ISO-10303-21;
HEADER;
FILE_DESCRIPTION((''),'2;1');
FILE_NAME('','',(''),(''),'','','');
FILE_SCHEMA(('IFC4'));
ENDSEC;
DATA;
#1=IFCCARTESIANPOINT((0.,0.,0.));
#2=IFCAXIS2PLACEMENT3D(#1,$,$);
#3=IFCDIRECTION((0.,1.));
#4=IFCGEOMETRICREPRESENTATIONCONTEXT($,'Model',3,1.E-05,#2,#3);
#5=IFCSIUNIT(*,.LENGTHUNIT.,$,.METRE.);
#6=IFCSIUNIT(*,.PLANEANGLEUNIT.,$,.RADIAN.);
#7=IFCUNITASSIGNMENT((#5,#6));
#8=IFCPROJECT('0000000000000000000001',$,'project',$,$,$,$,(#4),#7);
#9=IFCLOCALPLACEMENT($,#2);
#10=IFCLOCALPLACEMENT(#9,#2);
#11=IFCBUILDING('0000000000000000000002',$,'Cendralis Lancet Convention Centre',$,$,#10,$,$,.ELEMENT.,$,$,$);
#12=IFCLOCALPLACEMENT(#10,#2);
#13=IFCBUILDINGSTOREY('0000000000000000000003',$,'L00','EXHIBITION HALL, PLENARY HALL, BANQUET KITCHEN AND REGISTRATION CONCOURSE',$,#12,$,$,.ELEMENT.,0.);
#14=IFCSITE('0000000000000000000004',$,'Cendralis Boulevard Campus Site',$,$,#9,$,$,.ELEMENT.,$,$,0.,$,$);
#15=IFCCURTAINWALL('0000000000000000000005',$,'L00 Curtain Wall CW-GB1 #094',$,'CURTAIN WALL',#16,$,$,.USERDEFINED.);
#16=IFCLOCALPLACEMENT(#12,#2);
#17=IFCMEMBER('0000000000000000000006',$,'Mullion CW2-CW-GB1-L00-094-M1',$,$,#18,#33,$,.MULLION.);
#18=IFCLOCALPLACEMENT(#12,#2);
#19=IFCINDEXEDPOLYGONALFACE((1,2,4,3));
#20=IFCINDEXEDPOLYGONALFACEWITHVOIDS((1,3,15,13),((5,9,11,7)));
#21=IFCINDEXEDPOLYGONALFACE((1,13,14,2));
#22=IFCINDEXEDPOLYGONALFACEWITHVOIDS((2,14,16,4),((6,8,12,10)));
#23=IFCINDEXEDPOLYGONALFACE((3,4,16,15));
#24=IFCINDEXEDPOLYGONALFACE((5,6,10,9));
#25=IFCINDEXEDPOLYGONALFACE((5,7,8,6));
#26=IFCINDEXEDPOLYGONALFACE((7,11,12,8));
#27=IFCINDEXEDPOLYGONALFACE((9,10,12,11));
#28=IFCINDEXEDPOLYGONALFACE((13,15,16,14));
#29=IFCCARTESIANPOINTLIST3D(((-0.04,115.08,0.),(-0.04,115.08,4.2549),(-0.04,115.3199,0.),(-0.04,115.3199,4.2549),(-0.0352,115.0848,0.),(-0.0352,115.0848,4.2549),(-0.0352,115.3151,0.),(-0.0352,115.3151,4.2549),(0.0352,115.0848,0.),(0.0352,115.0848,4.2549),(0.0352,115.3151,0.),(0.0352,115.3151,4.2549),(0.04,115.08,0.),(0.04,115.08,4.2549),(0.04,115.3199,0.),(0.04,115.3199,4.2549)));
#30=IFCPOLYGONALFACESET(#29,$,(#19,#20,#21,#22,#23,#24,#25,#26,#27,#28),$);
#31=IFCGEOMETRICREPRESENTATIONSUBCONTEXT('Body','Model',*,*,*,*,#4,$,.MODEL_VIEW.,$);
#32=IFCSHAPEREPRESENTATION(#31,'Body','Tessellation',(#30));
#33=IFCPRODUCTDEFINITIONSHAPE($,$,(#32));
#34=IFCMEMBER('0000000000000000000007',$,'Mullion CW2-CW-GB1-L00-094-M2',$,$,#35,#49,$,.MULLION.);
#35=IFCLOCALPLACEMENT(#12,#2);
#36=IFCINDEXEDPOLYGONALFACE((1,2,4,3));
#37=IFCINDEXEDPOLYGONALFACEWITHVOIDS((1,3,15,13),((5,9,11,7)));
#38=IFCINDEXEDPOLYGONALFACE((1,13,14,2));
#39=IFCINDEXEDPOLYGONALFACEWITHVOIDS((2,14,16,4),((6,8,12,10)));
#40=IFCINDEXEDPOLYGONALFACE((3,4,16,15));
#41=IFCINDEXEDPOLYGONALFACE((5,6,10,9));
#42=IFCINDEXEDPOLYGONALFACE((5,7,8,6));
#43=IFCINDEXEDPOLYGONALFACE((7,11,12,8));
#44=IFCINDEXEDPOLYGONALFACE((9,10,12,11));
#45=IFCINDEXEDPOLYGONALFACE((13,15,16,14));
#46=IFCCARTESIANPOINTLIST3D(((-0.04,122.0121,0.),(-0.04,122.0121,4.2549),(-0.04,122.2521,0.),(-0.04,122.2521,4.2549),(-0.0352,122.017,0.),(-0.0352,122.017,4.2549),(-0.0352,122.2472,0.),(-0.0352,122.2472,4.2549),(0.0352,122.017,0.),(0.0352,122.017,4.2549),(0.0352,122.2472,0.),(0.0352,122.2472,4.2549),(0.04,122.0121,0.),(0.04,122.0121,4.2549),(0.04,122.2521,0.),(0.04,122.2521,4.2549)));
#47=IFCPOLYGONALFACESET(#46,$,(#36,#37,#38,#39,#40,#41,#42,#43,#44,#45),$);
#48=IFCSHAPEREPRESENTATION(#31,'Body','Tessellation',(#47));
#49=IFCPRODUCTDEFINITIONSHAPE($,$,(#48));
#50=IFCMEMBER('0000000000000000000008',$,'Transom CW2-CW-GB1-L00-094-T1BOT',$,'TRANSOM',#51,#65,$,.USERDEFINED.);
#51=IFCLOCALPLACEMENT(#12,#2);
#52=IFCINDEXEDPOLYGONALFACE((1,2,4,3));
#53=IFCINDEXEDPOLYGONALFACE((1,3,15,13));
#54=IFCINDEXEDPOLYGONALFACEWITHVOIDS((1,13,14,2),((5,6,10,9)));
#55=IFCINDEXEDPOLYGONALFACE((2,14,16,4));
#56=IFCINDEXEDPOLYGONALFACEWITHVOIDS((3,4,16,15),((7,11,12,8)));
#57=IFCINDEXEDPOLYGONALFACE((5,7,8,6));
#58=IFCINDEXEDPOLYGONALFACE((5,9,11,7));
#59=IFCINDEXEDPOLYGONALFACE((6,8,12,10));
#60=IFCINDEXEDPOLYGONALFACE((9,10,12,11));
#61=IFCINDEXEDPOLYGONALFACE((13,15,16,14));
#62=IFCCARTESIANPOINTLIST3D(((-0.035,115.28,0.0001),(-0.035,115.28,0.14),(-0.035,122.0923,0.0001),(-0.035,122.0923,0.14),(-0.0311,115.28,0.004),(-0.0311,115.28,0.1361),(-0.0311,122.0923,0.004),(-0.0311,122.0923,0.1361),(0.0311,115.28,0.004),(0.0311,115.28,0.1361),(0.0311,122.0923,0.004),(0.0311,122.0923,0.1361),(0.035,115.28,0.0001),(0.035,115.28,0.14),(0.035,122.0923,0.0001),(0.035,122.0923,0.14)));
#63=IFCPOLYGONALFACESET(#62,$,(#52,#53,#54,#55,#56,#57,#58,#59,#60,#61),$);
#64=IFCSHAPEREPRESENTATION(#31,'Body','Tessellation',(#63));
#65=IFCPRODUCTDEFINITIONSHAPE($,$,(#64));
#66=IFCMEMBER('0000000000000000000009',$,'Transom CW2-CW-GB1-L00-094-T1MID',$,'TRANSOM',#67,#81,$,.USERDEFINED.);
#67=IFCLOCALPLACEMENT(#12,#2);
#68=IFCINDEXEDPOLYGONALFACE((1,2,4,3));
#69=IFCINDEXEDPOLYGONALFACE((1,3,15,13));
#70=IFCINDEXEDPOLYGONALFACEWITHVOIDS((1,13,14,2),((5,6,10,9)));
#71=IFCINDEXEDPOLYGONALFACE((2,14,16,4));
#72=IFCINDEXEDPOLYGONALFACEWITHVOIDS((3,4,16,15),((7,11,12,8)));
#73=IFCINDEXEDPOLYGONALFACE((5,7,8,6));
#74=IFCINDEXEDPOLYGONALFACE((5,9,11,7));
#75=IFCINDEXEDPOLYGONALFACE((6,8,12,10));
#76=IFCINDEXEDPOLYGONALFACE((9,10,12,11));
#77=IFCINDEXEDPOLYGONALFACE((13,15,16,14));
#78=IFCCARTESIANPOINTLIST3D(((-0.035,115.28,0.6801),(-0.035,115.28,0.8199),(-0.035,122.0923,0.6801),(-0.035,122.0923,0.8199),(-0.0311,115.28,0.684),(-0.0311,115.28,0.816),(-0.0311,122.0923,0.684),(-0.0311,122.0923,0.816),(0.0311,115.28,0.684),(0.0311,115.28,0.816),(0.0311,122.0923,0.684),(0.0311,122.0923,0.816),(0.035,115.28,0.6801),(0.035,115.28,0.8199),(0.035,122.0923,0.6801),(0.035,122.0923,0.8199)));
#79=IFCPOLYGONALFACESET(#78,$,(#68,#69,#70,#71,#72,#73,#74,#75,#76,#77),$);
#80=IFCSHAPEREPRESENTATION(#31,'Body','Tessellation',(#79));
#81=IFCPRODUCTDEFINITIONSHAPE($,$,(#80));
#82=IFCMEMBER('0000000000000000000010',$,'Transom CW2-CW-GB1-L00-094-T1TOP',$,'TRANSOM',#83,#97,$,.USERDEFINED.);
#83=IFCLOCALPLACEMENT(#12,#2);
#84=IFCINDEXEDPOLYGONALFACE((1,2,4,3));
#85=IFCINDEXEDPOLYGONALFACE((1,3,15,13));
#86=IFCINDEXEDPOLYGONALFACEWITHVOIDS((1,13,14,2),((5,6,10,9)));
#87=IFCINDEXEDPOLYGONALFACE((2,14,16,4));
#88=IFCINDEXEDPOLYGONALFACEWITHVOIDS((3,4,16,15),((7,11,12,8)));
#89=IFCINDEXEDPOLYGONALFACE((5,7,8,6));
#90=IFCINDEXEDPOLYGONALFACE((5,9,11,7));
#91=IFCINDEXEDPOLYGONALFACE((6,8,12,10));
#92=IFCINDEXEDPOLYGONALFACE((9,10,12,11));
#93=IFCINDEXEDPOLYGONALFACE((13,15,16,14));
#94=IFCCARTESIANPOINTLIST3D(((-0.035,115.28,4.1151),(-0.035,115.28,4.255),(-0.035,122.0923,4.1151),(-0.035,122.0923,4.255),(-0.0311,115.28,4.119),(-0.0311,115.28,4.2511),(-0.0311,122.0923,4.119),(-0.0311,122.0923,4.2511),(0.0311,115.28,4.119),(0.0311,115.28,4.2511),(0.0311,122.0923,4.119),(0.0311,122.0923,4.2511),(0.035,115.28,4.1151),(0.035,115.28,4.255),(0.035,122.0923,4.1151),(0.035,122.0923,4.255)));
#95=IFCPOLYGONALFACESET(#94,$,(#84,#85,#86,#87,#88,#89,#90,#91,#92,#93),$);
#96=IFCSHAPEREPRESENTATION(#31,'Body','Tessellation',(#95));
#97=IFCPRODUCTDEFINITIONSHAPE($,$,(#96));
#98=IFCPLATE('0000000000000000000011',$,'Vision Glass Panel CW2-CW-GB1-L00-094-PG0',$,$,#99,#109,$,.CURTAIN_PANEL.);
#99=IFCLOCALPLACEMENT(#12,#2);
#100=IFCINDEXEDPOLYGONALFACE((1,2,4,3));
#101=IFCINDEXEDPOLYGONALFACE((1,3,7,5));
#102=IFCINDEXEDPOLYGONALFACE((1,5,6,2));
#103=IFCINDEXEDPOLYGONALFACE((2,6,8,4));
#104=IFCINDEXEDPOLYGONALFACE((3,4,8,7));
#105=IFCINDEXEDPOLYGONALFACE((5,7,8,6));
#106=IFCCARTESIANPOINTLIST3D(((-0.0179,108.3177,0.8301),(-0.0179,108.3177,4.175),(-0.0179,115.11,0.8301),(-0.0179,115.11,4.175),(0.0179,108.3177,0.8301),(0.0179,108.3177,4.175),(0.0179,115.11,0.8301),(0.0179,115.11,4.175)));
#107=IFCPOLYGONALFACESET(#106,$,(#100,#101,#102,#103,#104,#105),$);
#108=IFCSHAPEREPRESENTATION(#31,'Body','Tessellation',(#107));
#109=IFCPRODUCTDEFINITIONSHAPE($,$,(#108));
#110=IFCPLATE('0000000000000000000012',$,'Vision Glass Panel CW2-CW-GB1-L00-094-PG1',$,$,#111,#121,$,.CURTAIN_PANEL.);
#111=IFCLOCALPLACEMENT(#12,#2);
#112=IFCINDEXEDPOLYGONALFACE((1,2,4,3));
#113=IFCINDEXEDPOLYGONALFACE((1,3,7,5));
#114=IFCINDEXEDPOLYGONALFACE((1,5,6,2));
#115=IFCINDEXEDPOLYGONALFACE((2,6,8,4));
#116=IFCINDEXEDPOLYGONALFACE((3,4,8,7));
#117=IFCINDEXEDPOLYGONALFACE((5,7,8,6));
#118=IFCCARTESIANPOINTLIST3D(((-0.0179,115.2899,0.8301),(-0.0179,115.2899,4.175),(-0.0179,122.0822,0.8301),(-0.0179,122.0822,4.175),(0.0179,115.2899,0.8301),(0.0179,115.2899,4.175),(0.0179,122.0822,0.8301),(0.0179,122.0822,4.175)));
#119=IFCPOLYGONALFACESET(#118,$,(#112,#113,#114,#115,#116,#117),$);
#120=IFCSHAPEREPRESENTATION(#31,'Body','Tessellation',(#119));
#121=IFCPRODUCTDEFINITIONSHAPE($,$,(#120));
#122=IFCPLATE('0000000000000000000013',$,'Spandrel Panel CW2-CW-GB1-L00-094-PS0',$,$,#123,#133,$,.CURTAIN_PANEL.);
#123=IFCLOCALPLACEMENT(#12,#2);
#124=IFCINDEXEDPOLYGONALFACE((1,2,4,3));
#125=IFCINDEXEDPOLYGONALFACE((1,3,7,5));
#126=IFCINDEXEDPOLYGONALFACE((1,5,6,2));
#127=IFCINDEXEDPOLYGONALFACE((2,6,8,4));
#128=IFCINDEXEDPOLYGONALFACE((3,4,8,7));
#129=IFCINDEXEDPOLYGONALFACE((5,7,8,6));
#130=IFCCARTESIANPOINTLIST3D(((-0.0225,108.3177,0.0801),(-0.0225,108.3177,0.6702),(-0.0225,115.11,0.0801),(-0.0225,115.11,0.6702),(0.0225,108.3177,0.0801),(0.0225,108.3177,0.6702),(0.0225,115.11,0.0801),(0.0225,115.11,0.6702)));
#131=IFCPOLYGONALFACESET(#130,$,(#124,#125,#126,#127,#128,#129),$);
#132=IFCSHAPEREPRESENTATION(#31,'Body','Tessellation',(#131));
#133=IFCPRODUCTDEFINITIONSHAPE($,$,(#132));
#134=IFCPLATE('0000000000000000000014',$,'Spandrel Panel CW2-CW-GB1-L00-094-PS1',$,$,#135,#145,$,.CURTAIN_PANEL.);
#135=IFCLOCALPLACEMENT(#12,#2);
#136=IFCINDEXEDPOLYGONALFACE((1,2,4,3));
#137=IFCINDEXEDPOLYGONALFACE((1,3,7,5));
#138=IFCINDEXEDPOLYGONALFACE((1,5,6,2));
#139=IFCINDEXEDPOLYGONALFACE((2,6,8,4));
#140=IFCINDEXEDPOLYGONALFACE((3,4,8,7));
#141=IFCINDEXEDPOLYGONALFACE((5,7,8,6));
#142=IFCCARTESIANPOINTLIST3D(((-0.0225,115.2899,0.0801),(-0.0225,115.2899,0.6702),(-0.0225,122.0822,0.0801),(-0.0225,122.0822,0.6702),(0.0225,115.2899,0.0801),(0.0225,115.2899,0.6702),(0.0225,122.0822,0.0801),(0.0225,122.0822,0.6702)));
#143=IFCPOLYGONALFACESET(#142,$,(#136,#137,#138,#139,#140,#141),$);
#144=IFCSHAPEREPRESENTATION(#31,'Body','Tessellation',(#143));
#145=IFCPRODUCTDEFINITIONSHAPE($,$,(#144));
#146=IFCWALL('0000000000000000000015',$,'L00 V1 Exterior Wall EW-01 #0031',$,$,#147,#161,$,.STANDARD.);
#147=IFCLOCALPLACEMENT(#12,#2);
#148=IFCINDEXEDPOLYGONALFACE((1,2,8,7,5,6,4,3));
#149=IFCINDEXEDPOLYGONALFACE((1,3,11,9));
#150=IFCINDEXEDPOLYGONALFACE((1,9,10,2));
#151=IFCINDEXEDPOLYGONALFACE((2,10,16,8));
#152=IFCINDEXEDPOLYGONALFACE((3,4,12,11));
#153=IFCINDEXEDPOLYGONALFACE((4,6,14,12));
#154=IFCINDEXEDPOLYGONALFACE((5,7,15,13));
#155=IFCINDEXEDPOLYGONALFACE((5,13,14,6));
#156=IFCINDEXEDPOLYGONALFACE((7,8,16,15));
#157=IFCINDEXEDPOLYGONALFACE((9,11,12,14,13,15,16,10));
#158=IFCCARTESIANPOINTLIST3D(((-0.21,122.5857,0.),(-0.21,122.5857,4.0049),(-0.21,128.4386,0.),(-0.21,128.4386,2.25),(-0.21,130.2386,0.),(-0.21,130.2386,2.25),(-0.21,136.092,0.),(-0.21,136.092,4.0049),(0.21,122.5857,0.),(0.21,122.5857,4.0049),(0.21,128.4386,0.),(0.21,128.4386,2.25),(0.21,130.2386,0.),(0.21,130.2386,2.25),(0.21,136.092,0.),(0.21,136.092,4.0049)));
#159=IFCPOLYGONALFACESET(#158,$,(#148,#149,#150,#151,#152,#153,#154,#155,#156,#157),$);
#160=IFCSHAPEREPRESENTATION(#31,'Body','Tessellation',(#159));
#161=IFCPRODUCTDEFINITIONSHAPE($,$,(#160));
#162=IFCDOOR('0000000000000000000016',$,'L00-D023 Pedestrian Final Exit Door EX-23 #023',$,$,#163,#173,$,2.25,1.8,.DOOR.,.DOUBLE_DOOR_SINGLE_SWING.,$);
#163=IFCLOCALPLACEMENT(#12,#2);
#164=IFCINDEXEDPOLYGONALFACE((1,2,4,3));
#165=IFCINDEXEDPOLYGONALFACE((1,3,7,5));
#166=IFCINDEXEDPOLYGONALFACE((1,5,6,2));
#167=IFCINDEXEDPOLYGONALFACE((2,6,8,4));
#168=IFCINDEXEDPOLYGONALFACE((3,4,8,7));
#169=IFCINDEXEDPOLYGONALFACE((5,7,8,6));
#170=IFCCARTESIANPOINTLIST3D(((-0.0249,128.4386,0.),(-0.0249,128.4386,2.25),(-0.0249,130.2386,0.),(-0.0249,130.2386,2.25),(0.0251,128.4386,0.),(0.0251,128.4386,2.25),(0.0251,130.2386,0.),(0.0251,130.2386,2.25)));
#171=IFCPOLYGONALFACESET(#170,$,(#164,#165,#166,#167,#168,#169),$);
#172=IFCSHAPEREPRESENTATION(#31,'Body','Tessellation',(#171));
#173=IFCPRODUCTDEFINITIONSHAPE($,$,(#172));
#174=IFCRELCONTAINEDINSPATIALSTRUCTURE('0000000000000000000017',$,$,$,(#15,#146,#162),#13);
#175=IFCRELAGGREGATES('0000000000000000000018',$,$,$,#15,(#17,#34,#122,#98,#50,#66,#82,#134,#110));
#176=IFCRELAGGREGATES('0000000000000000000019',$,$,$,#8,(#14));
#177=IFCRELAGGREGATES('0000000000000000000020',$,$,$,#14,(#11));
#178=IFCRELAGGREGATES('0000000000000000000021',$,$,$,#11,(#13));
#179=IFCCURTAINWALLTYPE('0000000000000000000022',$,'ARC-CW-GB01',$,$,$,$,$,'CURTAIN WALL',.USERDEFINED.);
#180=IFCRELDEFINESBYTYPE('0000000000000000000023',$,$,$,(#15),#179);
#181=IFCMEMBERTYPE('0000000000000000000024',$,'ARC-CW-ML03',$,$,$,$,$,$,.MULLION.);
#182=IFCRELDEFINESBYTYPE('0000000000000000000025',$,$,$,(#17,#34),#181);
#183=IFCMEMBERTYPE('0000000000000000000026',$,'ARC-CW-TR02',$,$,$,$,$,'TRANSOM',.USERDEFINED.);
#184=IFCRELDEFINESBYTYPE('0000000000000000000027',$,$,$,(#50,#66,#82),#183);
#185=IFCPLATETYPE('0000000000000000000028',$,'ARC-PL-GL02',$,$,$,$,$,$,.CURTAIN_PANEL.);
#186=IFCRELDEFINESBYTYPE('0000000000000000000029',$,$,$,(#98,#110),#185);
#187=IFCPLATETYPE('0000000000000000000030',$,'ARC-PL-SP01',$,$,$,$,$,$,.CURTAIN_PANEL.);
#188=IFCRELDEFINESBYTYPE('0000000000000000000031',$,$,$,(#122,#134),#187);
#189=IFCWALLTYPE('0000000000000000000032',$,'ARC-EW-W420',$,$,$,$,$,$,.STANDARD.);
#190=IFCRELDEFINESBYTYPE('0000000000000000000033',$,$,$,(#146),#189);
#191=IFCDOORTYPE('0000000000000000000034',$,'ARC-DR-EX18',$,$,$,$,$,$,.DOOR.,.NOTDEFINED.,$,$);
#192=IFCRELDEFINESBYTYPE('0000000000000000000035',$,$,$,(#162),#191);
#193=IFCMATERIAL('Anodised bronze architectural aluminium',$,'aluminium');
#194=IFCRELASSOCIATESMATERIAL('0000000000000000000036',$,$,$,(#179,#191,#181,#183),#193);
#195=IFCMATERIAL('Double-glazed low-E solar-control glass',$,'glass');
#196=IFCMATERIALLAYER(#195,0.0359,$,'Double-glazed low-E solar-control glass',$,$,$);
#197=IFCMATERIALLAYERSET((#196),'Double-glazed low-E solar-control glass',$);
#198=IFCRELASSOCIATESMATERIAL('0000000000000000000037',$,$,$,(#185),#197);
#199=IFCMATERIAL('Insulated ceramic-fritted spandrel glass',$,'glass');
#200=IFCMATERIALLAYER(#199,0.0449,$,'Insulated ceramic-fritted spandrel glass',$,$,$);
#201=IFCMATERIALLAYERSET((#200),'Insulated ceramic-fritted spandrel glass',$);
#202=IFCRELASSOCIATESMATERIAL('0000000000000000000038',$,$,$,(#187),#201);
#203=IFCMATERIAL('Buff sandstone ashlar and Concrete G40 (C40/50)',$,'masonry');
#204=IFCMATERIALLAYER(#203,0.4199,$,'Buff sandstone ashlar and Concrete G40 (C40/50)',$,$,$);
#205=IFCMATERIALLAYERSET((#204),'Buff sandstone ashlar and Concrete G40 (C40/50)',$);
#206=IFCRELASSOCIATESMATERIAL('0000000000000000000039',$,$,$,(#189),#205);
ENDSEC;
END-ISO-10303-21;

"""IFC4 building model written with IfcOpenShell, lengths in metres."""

from ifc_helpers import new_model, si_unit, direction, frame, frame_2d, origin, origin_2d, place, context, subcontext, project, spatial, rectangle, hollow_rectangle, extrude, material, layer, layer_set, material_profile, profile_set, type_object, element, fill, aggregate, save


model = new_model("IFC4")

# Units and contexts
model_context = context("Model", 3, precision=1e-05, world=origin(), true_north=direction((0.0, 1.0)))
body_context = subcontext(model_context, "Body", "Model", "MODEL_VIEW")
ifc_project = project(units=[si_unit("LENGTHUNIT", "METRE"), si_unit("PLANEANGLEUNIT", "RADIAN")], contexts=[model_context])

# Site, building, storey
site_placement = place(None, origin())
site = spatial("IfcSite", under=ifc_project, at=site_placement, Name="Cendralis Boulevard Campus Site", CompositionType="ELEMENT", RefElevation=0.0)
building_placement = place(site_placement, origin())
building = spatial("IfcBuilding", under=site, at=building_placement, Name="Cendralis Lancet Convention Centre", CompositionType="ELEMENT")
storey_placement = place(building_placement, origin())
storey = spatial("IfcBuildingStorey", under=building, at=storey_placement, Name="L00", Description="EXHIBITION HALL, PLENARY HALL, BANQUET KITCHEN AND REGISTRATION CONCOURSE", CompositionType="ELEMENT", Elevation=0.0)

# Curtain wall, members, plates
ifc_material_1 = material(Name="Anodised bronze architectural aluminium", Category="aluminium")
curtain_wall_type = type_object("IfcCurtainWallType", Name="ARC-CW-GB01", ElementType="CURTAIN WALL", PredefinedType="USERDEFINED", material=ifc_material_1)
curtain_wall_placement = place(storey_placement, origin())
curtain_wall = element("IfcCurtainWall", 1, at=curtain_wall_placement, inside=storey, type_object=curtain_wall_type, Name="L00 Curtain Wall CW-GB1 #094", ObjectType="CURTAIN WALL", PredefinedType="USERDEFINED")
ifc_material_profile_1 = material_profile(ifc_material_1, hollow_rectangle(XDim=0.0801, YDim=0.24, WallThickness=0.0049, at=origin_2d()), Name="AL-MULL 80x240x5.0")
ifc_profile_set_1 = profile_set([ifc_material_profile_1], Name="Anodised bronze architectural aluminium")
member_type_1 = type_object("IfcMemberType", Name="ARC-CW-ML03", PredefinedType="MULLION", material=ifc_profile_set_1)
member_1_placement = place(storey_placement, frame((0.0, 115.2, 0.0), z_axis=(0.0, 0.0, 1.0), x_axis=(1.0, 0.0, 0.0)))
member_1 = element("IfcMember", 2, at=member_1_placement, type_object=member_type_1, Name="Mullion CW2-CW-GB1-L00-094-M1", PredefinedType="MULLION", context=body_context, shape_type="SweptSolid", body=[
    extrude(hollow_rectangle(XDim=0.0801, YDim=0.24, WallThickness=0.0049, at=origin_2d()), origin(), (0.0, 0.0, 1.0), 4.2549),
])
member_2_placement = place(storey_placement, frame((0.0, 122.1321, 0.0), z_axis=(0.0, 0.0, 1.0), x_axis=(1.0, 0.0, 0.0)))
member_2 = element("IfcMember", 3, at=member_2_placement, type_object=member_type_1, Name="Mullion CW2-CW-GB1-L00-094-M2", PredefinedType="MULLION", context=body_context, shape_type="SweptSolid", body=[
    extrude(hollow_rectangle(XDim=0.0801, YDim=0.24, WallThickness=0.0049, at=origin_2d()), origin(), (0.0, 0.0, 1.0), 4.2549),
])
ifc_material_profile_2 = material_profile(ifc_material_1, hollow_rectangle(XDim=0.0701, YDim=0.1399, WallThickness=0.0039, at=origin_2d()), Name="AL-TRAN 70x140x4.0")
ifc_profile_set_2 = profile_set([ifc_material_profile_2], Name="Anodised bronze architectural aluminium")
member_type_2 = type_object("IfcMemberType", Name="ARC-CW-TR02", ElementType="TRANSOM", PredefinedType="USERDEFINED", material=ifc_profile_set_2)
member_3_placement = place(storey_placement, frame((0.0, 115.28, 0.0701), z_axis=(0.0, 1.0, 0.0), x_axis=(-1.0, 0.0, 0.0)))
member_3 = element("IfcMember", 4, at=member_3_placement, type_object=member_type_2, Name="Transom CW2-CW-GB1-L00-094-T1BOT", ObjectType="TRANSOM", PredefinedType="USERDEFINED", context=body_context, shape_type="SweptSolid", body=[
    extrude(hollow_rectangle(XDim=0.0701, YDim=0.1399, WallThickness=0.0039, at=origin_2d()), origin(), (0.0, 0.0, 1.0), 6.8123),
])
member_4_placement = place(storey_placement, frame((0.0, 115.28, 0.75), z_axis=(0.0, 1.0, 0.0), x_axis=(-1.0, 0.0, 0.0)))
member_4 = element("IfcMember", 5, at=member_4_placement, type_object=member_type_2, Name="Transom CW2-CW-GB1-L00-094-T1MID", ObjectType="TRANSOM", PredefinedType="USERDEFINED", context=body_context, shape_type="SweptSolid", body=[
    extrude(hollow_rectangle(XDim=0.0701, YDim=0.1399, WallThickness=0.0039, at=origin_2d()), origin(), (0.0, 0.0, 1.0), 6.8123),
])
member_5_placement = place(storey_placement, frame((0.0, 115.28, 4.1851), z_axis=(0.0, 1.0, 0.0), x_axis=(-1.0, 0.0, 0.0)))
member_5 = element("IfcMember", 6, at=member_5_placement, type_object=member_type_2, Name="Transom CW2-CW-GB1-L00-094-T1TOP", ObjectType="TRANSOM", PredefinedType="USERDEFINED", context=body_context, shape_type="SweptSolid", body=[
    extrude(hollow_rectangle(XDim=0.0701, YDim=0.1399, WallThickness=0.0039, at=origin_2d()), origin(), (0.0, 0.0, 1.0), 6.8123),
])
ifc_material_2 = material(Name="Double-glazed low-E solar-control glass", Category="glass")
ifc_layer_1 = layer(ifc_material_2, 0.0359, Name="Double-glazed low-E solar-control glass")
ifc_layer_set_1 = layer_set([ifc_layer_1], Name="Double-glazed low-E solar-control glass")
plate_type_1 = type_object("IfcPlateType", Name="ARC-PL-GL02", PredefinedType="CURTAIN_PANEL", material=ifc_layer_set_1)
plate_1_placement = place(storey_placement, frame((0.0, 111.7139, 0.8301), z_axis=(0.0, 0.0, 1.0), x_axis=(0.0, 1.0, 0.0)))
plate_1 = element("IfcPlate", 7, at=plate_1_placement, type_object=plate_type_1, Name="Vision Glass Panel CW2-CW-GB1-L00-094-PG0", PredefinedType="CURTAIN_PANEL", context=body_context, shape_type="SweptSolid", body=[
    extrude(rectangle(XDim=6.7922, YDim=0.0359, at=origin_2d()), origin(), (0.0, 0.0, 1.0), 3.345),
])
plate_2_placement = place(storey_placement, frame((0.0, 118.686, 0.8301), z_axis=(0.0, 0.0, 1.0), x_axis=(0.0, 1.0, 0.0)))
plate_2 = element("IfcPlate", 8, at=plate_2_placement, type_object=plate_type_1, Name="Vision Glass Panel CW2-CW-GB1-L00-094-PG1", PredefinedType="CURTAIN_PANEL", context=body_context, shape_type="SweptSolid", body=[
    extrude(rectangle(XDim=6.7922, YDim=0.0359, at=origin_2d()), origin(), (0.0, 0.0, 1.0), 3.345),
])
ifc_material_3 = material(Name="Insulated ceramic-fritted spandrel glass", Category="glass")
ifc_layer_2 = layer(ifc_material_3, 0.0449, Name="Insulated ceramic-fritted spandrel glass")
ifc_layer_set_2 = layer_set([ifc_layer_2], Name="Insulated ceramic-fritted spandrel glass")
plate_type_2 = type_object("IfcPlateType", Name="ARC-PL-SP01", PredefinedType="CURTAIN_PANEL", material=ifc_layer_set_2)
plate_3_placement = place(storey_placement, frame((0.0, 111.7139, 0.0801), z_axis=(0.0, 0.0, 1.0), x_axis=(0.0, 1.0, 0.0)))
plate_3 = element("IfcPlate", 9, at=plate_3_placement, type_object=plate_type_2, Name="Spandrel Panel CW2-CW-GB1-L00-094-PS0", PredefinedType="CURTAIN_PANEL", context=body_context, shape_type="SweptSolid", body=[
    extrude(rectangle(XDim=6.7922, YDim=0.0449, at=origin_2d()), origin(), (0.0, 0.0, 1.0), 0.5901),
])
plate_4_placement = place(storey_placement, frame((0.0, 118.686, 0.0801), z_axis=(0.0, 0.0, 1.0), x_axis=(0.0, 1.0, 0.0)))
plate_4 = element("IfcPlate", 10, at=plate_4_placement, type_object=plate_type_2, Name="Spandrel Panel CW2-CW-GB1-L00-094-PS1", PredefinedType="CURTAIN_PANEL", context=body_context, shape_type="SweptSolid", body=[
    extrude(rectangle(XDim=6.7922, YDim=0.0449, at=origin_2d()), origin(), (0.0, 0.0, 1.0), 0.5901),
])
aggregate(curtain_wall, [member_1, member_2, plate_3, plate_1, member_3, member_4, member_5, plate_4, plate_2])

# Wall, opening, door
ifc_material_4 = material(Name="Buff sandstone ashlar and Concrete G40 (C40/50)", Category="masonry")
ifc_layer_3 = layer(ifc_material_4, 0.4199, Name="Buff sandstone ashlar and Concrete G40 (C40/50)")
ifc_layer_set_3 = layer_set([ifc_layer_3], Name="Buff sandstone ashlar and Concrete G40 (C40/50)")
wall_type_1 = type_object("IfcWallType", Name="ARC-EW-W420", PredefinedType="STANDARD", material=ifc_layer_set_3)
wall_1_placement = place(storey_placement, frame((0.0, 122.5857, 0.0), z_axis=(0.0, 0.0, 1.0), x_axis=(0.0, 1.0, 0.0)))
wall_1 = element("IfcWall", 11, at=wall_1_placement, inside=storey, type_object=wall_type_1, Name="L00 V1 Exterior Wall EW-01 #0031", PredefinedType="STANDARD", context=body_context, shape_type="SweptSolid", body=[
    extrude(rectangle(XDim=13.5063, YDim=0.4199, at=frame_2d((6.7532, 0.0))), origin(), (0.0, 0.0, 1.0), 4.0049),
])
opening_1_placement = place(wall_1_placement, frame((5.853, 0.0, 0.0)))
opening_1 = element("IfcOpeningElement", 12, at=opening_1_placement, cuts=wall_1, PredefinedType="OPENING", context=body_context, shape_type="SweptSolid", body=[
    extrude(rectangle(XDim=1.8, YDim=2.25, at=frame_2d((0.8999, 1.125))), frame((0.0, 0.22, 0.0), z_axis=(0.0, -1.0, 0.0), x_axis=(1.0, 0.0, 0.0)), (0.0, 0.0, 1.0), 0.4399),
])
door_type_1 = type_object("IfcDoorType", Name="ARC-DR-EX18", OperationType="NOTDEFINED", PredefinedType="DOOR", material=ifc_material_1)
door_1_placement = place(opening_1_placement, origin())
door_1 = element("IfcDoor", 13, at=door_1_placement, inside=storey, type_object=door_type_1, Name="L00-D023 Pedestrian Final Exit Door EX-23 #023", OperationType="DOUBLE_DOOR_SINGLE_SWING", OverallHeight=2.25, OverallWidth=1.8, PredefinedType="DOOR", context=body_context, shape_type="SweptSolid", body=[
    extrude(rectangle(XDim=1.8, YDim=2.25, at=frame_2d((0.8999, 1.125))), frame((0.0, 0.0249, 0.0), z_axis=(0.0, -1.0, 0.0), x_axis=(1.0, 0.0, 0.0)), (0.0, 0.0, 1.0), 0.05),
])
fill(opening_1, door_1)

save(model, "model.ifc")
